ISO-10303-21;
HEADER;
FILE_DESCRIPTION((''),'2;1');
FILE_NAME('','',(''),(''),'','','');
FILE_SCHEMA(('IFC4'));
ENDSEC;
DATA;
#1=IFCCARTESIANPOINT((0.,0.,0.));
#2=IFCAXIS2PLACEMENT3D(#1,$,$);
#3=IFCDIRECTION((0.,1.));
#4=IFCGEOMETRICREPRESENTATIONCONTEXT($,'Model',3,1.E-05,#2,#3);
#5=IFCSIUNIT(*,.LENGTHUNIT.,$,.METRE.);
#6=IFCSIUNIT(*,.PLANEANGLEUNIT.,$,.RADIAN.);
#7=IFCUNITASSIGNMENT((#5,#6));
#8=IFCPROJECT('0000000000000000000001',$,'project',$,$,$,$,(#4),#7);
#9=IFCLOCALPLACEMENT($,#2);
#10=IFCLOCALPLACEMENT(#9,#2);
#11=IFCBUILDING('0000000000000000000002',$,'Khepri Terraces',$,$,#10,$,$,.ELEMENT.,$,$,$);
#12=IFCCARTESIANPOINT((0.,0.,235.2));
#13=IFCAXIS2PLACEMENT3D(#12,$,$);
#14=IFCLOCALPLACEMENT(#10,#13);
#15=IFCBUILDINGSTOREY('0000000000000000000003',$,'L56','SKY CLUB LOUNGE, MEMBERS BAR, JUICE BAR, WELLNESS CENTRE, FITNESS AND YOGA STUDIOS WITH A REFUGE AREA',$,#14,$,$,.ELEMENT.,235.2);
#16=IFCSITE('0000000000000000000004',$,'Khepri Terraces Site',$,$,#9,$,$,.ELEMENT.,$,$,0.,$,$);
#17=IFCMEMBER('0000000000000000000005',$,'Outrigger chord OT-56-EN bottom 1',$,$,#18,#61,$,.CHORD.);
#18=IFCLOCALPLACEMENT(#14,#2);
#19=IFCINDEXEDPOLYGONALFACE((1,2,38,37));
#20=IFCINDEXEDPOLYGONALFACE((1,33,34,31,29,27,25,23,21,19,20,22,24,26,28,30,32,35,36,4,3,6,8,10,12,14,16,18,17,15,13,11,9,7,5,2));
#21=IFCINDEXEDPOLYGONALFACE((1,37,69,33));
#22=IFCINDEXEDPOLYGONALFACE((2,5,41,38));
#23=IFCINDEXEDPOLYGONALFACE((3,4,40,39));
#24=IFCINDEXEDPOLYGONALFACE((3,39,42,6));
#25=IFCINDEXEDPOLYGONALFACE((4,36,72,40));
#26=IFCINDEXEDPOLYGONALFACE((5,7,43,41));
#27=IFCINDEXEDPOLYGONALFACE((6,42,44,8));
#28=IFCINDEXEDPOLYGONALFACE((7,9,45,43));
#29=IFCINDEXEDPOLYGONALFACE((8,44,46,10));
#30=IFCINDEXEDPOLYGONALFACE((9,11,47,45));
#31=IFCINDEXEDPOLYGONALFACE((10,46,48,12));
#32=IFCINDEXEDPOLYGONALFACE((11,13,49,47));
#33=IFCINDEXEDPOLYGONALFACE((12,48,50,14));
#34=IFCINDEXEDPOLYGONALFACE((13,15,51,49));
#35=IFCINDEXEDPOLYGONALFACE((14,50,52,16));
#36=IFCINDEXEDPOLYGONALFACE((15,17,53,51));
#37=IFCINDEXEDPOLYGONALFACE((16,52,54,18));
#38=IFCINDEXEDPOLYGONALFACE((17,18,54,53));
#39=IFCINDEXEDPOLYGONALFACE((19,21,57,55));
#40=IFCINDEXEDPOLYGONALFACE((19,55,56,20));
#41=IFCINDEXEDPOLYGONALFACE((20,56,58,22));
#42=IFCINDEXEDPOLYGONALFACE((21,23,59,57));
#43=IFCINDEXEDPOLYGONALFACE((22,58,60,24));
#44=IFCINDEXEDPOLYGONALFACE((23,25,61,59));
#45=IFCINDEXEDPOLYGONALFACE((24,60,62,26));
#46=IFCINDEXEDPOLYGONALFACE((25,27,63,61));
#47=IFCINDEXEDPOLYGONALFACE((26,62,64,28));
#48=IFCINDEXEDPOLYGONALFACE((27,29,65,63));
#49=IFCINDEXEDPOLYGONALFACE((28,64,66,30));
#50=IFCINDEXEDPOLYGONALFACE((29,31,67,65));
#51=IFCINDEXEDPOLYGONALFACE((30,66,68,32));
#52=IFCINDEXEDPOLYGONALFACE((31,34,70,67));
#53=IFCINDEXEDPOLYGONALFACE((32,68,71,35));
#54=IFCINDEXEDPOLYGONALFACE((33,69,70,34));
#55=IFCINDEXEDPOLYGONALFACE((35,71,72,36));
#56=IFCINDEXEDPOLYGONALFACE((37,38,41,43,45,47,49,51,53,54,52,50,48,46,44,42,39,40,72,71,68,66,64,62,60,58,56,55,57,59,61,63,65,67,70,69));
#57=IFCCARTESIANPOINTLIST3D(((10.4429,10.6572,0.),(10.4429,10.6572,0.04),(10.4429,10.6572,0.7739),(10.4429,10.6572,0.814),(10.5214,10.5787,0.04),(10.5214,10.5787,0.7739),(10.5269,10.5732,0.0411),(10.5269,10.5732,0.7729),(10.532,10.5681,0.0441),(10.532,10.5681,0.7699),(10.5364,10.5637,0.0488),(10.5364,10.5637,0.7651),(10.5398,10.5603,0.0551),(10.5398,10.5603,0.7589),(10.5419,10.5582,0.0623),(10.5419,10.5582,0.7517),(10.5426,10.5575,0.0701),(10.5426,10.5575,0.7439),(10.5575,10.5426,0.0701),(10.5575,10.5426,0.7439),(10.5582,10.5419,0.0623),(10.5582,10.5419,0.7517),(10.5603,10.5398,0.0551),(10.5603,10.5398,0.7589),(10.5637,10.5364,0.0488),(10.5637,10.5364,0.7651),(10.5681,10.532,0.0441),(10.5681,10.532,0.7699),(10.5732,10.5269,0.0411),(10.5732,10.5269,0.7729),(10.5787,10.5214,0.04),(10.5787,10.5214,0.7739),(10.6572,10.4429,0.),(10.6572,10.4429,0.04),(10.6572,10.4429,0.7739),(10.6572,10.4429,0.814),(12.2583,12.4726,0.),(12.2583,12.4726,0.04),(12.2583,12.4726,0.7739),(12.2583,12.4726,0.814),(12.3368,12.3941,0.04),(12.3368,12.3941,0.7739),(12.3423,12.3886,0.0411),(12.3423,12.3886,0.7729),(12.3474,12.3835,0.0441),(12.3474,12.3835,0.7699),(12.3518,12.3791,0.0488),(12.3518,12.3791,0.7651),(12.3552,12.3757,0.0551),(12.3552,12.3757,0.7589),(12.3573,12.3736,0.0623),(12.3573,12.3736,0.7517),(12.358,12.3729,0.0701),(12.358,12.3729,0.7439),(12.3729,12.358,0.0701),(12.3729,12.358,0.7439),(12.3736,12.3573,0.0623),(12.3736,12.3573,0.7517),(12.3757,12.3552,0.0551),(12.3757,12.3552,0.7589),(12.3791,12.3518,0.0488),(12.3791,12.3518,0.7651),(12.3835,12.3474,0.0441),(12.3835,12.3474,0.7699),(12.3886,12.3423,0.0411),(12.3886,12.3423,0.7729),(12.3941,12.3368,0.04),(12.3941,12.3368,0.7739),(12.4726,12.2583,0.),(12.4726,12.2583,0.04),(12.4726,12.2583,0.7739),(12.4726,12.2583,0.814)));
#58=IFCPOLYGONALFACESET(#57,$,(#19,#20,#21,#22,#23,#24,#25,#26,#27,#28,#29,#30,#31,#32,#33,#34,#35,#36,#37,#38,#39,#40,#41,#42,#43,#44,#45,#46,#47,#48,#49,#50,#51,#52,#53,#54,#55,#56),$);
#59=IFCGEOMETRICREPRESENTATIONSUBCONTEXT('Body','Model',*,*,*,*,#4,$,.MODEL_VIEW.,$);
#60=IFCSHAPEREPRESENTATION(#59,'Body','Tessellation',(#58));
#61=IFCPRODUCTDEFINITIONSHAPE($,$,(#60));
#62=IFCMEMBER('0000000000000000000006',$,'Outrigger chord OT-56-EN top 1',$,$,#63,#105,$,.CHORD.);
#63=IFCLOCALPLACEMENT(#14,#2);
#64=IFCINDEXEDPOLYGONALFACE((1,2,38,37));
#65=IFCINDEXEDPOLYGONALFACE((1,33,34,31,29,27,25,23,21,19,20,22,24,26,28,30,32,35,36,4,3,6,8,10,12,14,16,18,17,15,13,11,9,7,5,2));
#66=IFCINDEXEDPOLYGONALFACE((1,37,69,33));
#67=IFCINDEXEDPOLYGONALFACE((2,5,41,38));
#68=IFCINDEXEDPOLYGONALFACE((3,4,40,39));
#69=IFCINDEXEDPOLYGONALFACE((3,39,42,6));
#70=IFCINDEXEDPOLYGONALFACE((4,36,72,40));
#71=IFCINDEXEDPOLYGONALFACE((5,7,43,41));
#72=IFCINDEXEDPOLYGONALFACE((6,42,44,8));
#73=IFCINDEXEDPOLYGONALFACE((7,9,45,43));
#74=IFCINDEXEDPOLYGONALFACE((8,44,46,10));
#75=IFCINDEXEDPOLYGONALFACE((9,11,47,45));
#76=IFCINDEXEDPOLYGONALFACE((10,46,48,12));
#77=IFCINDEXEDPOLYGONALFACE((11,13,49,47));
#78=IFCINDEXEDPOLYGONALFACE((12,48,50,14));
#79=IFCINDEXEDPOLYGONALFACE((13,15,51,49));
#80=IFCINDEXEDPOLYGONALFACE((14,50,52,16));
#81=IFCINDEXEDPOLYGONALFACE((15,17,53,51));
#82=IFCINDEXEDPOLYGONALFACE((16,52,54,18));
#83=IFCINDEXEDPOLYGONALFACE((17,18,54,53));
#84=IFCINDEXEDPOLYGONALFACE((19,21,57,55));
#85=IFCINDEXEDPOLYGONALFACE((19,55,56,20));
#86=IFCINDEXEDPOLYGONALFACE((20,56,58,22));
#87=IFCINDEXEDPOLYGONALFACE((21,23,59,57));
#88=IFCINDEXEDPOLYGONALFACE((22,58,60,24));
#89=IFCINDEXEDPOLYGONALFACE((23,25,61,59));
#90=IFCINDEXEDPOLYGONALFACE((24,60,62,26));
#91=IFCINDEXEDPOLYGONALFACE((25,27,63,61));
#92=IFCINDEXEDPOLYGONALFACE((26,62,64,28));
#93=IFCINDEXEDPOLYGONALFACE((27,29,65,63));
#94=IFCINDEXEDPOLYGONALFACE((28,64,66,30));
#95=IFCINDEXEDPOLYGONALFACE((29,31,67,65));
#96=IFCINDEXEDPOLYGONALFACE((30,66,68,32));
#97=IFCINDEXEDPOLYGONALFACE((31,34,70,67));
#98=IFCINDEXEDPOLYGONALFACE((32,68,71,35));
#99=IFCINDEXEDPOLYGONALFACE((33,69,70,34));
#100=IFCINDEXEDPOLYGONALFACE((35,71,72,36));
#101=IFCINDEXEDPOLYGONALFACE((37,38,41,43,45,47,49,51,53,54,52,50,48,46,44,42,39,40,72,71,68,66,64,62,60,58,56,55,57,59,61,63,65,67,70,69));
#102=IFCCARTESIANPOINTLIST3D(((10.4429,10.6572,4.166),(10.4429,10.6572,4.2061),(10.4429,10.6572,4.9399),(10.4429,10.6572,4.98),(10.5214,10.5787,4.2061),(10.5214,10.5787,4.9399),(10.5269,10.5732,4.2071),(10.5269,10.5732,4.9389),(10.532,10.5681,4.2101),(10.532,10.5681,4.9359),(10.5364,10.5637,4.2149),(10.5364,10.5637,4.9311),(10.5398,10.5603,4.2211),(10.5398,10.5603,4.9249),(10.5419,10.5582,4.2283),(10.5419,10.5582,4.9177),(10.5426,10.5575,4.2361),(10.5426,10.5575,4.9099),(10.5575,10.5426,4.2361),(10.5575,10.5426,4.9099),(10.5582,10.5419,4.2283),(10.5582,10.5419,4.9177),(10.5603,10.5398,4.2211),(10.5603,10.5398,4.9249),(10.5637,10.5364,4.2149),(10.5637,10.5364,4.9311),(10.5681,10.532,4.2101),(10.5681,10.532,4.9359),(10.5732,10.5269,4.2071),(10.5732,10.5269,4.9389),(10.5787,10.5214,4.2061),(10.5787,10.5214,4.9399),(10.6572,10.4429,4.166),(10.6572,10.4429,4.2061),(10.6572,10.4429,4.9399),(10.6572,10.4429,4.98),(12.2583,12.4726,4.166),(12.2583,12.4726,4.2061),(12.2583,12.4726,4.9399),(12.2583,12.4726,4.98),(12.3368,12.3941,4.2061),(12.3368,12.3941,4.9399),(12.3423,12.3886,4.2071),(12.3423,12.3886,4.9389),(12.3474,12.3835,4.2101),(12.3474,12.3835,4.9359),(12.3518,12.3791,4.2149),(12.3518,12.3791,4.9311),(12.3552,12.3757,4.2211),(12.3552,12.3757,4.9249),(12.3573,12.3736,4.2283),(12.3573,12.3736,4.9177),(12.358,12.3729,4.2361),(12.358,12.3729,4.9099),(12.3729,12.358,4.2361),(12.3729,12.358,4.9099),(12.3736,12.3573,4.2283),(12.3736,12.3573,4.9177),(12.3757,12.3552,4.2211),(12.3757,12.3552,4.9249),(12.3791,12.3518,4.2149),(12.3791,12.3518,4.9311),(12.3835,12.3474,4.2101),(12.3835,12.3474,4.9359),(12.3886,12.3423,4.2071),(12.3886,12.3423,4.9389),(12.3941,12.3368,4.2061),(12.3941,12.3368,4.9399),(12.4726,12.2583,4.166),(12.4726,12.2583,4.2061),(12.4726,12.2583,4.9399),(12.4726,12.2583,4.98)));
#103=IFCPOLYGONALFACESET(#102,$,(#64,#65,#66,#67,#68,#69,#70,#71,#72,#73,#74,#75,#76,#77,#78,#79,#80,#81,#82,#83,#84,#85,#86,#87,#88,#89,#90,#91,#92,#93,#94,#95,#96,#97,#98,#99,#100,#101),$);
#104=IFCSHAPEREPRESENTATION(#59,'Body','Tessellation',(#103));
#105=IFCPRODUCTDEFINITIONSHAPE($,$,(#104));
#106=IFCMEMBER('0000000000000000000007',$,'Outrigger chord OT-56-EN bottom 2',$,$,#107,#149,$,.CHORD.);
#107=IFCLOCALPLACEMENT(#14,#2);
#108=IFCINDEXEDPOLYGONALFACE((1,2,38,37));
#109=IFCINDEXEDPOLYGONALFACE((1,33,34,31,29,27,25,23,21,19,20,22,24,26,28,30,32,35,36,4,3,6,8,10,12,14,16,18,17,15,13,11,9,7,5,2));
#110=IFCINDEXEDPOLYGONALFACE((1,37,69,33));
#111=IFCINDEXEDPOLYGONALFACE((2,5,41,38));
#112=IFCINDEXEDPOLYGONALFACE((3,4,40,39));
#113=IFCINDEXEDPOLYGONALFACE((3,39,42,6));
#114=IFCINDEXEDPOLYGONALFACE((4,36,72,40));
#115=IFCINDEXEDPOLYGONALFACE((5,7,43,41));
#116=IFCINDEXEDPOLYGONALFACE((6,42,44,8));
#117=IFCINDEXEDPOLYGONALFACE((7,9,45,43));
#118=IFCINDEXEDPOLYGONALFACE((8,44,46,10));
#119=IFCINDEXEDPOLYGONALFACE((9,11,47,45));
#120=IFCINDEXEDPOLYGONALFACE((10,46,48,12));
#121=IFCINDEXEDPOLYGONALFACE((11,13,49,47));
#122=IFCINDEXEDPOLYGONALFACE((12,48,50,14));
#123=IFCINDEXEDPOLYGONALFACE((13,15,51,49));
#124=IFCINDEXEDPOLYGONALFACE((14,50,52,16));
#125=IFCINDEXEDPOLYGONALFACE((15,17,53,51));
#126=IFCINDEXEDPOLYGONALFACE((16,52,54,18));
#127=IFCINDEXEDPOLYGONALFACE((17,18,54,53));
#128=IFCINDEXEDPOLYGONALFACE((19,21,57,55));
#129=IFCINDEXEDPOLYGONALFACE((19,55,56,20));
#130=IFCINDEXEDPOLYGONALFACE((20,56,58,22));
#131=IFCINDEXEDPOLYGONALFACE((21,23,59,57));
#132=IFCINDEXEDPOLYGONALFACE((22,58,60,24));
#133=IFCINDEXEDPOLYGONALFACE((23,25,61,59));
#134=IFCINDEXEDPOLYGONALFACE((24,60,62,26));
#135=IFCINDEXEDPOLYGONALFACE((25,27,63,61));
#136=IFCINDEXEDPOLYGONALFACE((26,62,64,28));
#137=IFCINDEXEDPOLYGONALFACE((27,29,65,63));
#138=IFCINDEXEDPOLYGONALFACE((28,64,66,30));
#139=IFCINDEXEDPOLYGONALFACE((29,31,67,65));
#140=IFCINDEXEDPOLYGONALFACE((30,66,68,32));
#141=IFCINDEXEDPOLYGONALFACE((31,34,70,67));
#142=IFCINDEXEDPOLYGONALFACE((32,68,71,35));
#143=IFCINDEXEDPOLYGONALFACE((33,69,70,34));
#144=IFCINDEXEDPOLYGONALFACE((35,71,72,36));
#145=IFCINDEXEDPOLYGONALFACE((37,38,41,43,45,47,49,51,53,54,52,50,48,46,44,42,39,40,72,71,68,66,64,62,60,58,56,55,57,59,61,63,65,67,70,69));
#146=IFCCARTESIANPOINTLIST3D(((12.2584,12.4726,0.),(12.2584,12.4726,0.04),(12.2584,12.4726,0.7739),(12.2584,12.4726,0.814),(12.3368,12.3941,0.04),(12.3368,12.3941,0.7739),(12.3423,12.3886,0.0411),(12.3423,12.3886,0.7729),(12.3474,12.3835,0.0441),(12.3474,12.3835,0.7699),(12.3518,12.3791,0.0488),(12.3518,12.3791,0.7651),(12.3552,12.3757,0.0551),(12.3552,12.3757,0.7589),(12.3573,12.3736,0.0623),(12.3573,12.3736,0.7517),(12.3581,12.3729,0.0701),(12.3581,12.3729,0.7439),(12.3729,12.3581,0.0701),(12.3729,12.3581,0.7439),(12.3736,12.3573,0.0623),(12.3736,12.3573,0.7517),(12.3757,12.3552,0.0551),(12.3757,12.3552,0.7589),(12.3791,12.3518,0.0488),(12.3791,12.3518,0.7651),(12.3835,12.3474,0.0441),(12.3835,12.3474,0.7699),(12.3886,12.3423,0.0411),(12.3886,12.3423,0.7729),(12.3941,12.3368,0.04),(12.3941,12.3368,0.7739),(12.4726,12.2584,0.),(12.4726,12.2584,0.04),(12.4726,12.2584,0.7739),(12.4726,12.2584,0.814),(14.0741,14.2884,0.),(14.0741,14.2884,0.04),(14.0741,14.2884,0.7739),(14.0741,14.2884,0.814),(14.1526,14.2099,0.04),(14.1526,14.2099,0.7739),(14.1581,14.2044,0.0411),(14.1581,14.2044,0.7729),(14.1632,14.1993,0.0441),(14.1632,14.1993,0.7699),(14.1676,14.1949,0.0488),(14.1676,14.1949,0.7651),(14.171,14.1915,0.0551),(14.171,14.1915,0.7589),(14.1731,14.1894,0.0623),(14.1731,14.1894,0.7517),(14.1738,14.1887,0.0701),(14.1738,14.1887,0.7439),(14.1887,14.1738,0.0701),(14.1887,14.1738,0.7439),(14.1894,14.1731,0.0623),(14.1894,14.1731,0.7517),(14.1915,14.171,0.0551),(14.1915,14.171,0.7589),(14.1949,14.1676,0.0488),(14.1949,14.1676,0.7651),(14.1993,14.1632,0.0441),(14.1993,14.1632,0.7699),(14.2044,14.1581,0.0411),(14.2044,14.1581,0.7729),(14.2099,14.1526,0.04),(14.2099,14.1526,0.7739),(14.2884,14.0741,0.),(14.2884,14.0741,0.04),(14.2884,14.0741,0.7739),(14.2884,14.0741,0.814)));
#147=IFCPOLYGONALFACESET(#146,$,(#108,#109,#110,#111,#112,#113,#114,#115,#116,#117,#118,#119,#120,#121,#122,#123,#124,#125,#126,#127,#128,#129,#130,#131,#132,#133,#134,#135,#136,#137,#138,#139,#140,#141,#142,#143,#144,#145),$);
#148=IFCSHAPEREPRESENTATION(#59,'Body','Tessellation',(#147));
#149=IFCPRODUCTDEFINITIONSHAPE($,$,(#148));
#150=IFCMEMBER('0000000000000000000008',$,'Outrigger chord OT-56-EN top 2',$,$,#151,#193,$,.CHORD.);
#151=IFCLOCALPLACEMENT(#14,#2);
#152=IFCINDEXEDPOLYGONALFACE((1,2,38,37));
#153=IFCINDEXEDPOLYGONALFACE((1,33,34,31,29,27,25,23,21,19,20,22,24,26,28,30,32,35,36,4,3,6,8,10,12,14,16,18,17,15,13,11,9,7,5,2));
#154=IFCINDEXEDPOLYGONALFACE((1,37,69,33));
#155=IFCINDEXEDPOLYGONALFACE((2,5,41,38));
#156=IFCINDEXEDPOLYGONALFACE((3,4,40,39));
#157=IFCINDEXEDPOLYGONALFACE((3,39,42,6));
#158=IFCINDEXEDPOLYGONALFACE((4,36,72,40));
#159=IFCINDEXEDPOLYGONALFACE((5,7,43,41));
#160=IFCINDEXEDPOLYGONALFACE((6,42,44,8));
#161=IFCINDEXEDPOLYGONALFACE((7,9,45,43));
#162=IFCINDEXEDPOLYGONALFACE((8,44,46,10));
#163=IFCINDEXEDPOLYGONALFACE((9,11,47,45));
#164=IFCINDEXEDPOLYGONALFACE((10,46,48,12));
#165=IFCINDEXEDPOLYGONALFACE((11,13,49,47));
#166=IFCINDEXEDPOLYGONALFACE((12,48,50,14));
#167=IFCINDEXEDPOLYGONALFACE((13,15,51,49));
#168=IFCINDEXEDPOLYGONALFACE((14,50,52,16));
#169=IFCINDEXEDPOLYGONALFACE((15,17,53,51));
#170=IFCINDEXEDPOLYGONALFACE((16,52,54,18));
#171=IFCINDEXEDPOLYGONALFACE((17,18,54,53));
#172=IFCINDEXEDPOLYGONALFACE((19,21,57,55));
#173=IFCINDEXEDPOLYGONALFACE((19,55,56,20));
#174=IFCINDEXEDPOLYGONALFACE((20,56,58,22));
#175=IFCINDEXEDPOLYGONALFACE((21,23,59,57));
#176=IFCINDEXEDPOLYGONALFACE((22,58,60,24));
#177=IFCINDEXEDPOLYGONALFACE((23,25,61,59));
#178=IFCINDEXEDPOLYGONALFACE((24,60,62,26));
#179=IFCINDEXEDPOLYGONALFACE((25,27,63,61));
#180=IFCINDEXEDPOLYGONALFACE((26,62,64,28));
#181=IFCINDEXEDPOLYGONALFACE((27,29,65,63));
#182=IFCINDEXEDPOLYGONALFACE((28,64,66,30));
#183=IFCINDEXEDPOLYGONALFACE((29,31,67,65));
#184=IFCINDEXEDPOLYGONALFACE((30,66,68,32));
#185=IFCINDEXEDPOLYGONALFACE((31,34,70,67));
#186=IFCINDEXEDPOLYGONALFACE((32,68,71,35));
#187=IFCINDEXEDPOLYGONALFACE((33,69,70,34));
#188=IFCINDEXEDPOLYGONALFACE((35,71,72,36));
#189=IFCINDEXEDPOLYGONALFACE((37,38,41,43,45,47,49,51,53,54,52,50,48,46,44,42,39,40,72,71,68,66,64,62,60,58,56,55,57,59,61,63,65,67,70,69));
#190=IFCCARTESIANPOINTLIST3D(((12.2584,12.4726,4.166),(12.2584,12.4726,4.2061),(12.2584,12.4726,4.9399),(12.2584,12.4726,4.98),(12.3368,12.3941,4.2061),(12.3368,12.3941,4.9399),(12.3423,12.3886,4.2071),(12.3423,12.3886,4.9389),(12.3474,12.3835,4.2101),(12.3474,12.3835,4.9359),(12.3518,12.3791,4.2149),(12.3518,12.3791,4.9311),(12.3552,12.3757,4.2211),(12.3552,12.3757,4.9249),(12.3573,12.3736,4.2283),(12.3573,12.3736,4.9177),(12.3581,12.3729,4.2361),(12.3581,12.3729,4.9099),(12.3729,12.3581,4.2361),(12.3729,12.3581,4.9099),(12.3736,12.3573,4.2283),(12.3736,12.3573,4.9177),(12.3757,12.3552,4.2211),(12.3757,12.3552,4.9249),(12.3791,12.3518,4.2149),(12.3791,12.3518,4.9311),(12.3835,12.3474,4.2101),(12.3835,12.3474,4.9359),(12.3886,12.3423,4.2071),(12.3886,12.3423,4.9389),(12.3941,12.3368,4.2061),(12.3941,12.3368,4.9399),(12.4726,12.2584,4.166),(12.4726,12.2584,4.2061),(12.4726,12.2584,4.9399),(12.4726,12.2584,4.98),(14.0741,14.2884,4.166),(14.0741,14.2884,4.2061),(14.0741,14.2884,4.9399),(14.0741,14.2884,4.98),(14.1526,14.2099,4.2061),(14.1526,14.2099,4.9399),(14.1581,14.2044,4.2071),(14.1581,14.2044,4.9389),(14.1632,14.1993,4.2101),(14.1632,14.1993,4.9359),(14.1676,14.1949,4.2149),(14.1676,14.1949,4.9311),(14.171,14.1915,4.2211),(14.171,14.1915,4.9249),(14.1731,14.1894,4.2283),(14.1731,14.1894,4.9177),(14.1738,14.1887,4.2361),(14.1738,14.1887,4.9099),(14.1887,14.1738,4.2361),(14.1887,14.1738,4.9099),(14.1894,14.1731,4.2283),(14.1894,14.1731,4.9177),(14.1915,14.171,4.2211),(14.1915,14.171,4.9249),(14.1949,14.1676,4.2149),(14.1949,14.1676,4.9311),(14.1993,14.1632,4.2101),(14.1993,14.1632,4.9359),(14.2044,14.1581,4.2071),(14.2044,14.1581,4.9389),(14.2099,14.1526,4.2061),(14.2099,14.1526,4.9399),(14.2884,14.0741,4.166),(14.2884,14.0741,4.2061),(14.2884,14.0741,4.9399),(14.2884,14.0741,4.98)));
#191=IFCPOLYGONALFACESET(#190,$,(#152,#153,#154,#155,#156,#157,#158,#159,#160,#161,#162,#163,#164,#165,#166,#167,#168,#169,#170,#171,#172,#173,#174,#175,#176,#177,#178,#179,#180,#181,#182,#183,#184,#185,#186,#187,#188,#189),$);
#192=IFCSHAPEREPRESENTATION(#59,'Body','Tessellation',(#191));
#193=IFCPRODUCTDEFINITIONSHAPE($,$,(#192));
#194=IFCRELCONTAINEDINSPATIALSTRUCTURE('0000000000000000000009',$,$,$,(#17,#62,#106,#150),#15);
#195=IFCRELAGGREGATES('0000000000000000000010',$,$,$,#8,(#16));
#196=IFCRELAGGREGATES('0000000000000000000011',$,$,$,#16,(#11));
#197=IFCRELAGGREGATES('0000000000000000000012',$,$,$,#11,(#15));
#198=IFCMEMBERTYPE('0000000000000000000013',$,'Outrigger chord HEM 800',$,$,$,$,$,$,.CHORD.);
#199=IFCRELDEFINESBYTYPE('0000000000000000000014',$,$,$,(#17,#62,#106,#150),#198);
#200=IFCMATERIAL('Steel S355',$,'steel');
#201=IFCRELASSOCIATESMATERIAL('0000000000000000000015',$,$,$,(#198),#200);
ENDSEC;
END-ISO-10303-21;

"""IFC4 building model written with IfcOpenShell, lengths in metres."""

from ifc_helpers import new_model, si_unit, direction, frame, origin, origin_2d, place, context, subcontext, project, spatial, i_section, extrude, material, material_profile, profile_set, type_object, element, save


model = new_model("IFC4")

# Units and contexts
model_context = context("Model", 3, precision=1e-05, world=origin(), true_north=direction((0.0, 1.0)))
body_context = subcontext(model_context, "Body", "Model", "MODEL_VIEW")
ifc_project = project(units=[si_unit("LENGTHUNIT", "METRE"), si_unit("PLANEANGLEUNIT", "RADIAN")], contexts=[model_context])

# Site, building, storey
site_placement = place(None, origin())
site = spatial("IfcSite", under=ifc_project, at=site_placement, Name="Khepri Terraces Site", CompositionType="ELEMENT", RefElevation=0.0)
building_placement = place(site_placement, origin())
building = spatial("IfcBuilding", under=site, at=building_placement, Name="Khepri Terraces", CompositionType="ELEMENT")
storey_placement = place(building_placement, frame((0.0, 0.0, 235.2)))
storey = spatial("IfcBuildingStorey", under=building, at=storey_placement, Name="L56", Description="SKY CLUB LOUNGE, MEMBERS BAR, JUICE BAR, WELLNESS CENTRE, FITNESS AND YOGA STUDIOS WITH A REFUGE AREA", CompositionType="ELEMENT", Elevation=235.2)

# Members
ifc_material_1 = material(Name="Steel S355", Category="steel")
ifc_material_profile_1 = material_profile(ifc_material_1, i_section(OverallWidth=0.303, OverallDepth=0.814, WebThickness=0.021, FlangeThickness=0.04, FilletRadius=0.03, at=origin_2d()), Name="Steel S355", Category="steel")
ifc_profile_set_1 = profile_set([ifc_material_profile_1], Name="Steel S355")
member_type_1 = type_object("IfcMemberType", Name="Outrigger chord HEM 800", PredefinedType="CHORD", material=ifc_profile_set_1)
for number, where, z_axis, x_axis, name in (
    (1, (10.55, 10.55, 0.407), (0.707107, 0.707107, 0.0), (-0.707107, 0.707107, 0.0), "Outrigger chord OT-56-EN bottom 1"),
    (2, (10.55, 10.55, 4.573), (0.707107, 0.707107, 0.0), (-0.707107, 0.707107, 0.0), "Outrigger chord OT-56-EN top 1"),
):
    element("IfcMember", number, at=place(storey_placement, frame(where, z_axis=z_axis, x_axis=x_axis)), inside=storey, type_object=member_type_1, Name=name, PredefinedType="CHORD", context=body_context, shape_type="SweptSolid", body=[
        extrude(i_section(OverallWidth=0.303, OverallDepth=0.814, WebThickness=0.021, FlangeThickness=0.04, FilletRadius=0.03, at=origin_2d()), origin(), (0.0, 0.0, 1.0), 2.5674),
    ])
for number, where, z_axis, x_axis, name in (
    (3, (12.3655, 12.3655, 0.407), (0.707107, 0.707107, 0.0), (-0.707107, 0.707107, 0.0), "Outrigger chord OT-56-EN bottom 2"),
    (4, (12.3655, 12.3655, 4.573), (0.707107, 0.707107, 0.0), (-0.707107, 0.707107, 0.0), "Outrigger chord OT-56-EN top 2"),
):
    element("IfcMember", number, at=place(storey_placement, frame(where, z_axis=z_axis, x_axis=x_axis)), inside=storey, type_object=member_type_1, Name=name, PredefinedType="CHORD", context=body_context, shape_type="SweptSolid", body=[
        extrude(i_section(OverallWidth=0.303, OverallDepth=0.814, WebThickness=0.021, FlangeThickness=0.04, FilletRadius=0.03, at=origin_2d()), origin(), (0.0, 0.0, 1.0), 2.5679),
    ])

save(model, "model.ifc")
